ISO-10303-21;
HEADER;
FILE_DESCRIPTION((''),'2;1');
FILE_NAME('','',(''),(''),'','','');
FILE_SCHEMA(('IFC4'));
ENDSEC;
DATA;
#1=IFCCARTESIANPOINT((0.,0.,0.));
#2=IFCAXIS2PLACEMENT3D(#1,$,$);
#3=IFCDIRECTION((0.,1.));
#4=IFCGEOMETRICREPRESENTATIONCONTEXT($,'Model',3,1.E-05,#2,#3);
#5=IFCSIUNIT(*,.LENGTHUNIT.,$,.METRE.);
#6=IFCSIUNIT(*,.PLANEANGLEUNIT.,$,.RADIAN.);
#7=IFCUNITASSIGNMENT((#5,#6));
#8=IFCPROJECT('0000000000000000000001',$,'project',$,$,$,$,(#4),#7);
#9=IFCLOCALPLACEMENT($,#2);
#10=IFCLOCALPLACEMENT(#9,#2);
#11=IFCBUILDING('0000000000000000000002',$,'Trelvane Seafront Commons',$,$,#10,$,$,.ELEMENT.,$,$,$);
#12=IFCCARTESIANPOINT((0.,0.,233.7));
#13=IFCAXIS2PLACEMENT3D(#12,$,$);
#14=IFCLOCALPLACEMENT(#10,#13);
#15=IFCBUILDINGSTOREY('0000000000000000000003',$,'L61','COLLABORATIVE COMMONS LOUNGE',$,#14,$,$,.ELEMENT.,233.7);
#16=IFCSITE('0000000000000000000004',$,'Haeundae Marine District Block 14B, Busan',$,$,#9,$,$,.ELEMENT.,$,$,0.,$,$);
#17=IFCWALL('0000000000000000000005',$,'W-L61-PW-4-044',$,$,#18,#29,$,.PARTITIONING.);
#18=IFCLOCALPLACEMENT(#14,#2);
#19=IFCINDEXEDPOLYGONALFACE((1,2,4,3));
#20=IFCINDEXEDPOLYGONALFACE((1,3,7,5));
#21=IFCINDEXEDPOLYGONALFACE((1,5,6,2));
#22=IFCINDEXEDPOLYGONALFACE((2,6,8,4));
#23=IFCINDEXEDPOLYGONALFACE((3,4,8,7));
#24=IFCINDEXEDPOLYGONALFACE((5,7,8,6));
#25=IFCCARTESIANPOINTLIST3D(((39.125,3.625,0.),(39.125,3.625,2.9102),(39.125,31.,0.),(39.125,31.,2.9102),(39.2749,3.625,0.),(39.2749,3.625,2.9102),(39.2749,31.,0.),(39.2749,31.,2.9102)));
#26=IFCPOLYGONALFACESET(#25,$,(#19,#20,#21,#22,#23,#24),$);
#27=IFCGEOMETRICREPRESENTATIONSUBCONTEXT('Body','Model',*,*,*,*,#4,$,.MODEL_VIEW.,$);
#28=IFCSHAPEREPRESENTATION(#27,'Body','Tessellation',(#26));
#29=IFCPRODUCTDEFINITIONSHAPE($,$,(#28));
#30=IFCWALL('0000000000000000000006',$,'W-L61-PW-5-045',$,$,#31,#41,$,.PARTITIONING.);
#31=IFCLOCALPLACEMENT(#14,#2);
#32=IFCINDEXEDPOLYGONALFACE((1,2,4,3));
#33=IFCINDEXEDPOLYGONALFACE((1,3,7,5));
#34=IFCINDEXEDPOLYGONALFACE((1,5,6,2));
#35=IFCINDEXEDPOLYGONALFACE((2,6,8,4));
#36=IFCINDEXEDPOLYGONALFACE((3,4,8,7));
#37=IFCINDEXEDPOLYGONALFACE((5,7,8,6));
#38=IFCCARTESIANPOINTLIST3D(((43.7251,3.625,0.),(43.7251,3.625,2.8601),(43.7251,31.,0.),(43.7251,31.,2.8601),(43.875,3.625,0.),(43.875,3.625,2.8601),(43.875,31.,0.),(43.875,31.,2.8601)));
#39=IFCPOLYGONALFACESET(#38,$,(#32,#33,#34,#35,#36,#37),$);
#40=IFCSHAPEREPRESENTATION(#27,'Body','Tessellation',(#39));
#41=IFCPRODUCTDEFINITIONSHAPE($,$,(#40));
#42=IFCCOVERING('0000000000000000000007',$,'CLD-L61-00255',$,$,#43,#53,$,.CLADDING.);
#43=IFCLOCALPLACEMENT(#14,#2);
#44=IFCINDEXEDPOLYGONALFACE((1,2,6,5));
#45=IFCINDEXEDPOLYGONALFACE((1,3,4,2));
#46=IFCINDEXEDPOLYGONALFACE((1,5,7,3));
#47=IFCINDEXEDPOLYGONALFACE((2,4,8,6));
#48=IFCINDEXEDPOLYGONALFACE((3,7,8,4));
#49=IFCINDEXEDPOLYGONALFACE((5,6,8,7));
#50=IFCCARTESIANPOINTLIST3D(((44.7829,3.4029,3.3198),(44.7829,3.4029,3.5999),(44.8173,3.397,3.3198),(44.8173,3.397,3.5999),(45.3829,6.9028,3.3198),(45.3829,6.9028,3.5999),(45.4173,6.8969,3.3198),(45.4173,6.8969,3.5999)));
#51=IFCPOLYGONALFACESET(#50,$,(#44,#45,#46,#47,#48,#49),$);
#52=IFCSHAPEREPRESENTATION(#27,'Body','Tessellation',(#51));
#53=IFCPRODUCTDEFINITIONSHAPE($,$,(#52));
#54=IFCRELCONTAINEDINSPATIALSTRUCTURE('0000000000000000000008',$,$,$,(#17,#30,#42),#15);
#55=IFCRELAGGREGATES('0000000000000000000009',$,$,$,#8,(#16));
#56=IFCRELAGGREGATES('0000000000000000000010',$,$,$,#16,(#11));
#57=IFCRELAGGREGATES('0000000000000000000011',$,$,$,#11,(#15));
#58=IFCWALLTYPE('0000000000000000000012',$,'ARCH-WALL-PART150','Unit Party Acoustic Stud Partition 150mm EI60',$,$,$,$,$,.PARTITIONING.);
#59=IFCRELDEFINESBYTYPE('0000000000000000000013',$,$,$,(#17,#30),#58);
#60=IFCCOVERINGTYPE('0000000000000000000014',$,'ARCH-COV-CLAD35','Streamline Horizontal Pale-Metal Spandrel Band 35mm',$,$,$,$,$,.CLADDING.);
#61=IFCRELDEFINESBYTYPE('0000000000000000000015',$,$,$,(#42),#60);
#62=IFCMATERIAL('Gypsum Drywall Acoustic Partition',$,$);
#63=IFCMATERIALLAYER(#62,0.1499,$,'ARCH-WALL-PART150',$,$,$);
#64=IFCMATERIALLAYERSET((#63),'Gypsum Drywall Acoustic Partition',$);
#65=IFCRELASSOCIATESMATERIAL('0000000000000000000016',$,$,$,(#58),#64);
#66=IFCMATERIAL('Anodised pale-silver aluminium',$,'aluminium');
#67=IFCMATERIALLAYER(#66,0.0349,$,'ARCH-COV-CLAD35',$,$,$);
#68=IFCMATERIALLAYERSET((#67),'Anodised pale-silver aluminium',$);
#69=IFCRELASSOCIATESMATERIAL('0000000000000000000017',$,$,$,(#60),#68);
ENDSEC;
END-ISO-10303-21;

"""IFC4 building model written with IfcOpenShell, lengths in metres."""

from ifc_helpers import new_model, si_unit, direction, frame, frame_2d, origin, origin_2d, place, context, subcontext, project, spatial, rectangle, extrude, source, transform, mapped, material, layer, layer_set, type_object, element, save


model = new_model("IFC4")

# Units and contexts
model_context = context("Model", 3, precision=1e-05, world=origin(), true_north=direction((0.0, 1.0)))
body_context = subcontext(model_context, "Body", "Model", "MODEL_VIEW")
ifc_project = project(units=[si_unit("LENGTHUNIT", "METRE"), si_unit("PLANEANGLEUNIT", "RADIAN")], contexts=[model_context])

# Site, building, storey
site_placement = place(None, origin())
site = spatial("IfcSite", under=ifc_project, at=site_placement, Name="Haeundae Marine District Block 14B, Busan", CompositionType="ELEMENT", RefElevation=0.0)
building_placement = place(site_placement, origin())
building = spatial("IfcBuilding", under=site, at=building_placement, Name="Trelvane Seafront Commons", CompositionType="ELEMENT")
storey_placement = place(building_placement, frame((0.0, 0.0, 233.7)))
storey = spatial("IfcBuildingStorey", under=building, at=storey_placement, Name="L61", Description="COLLABORATIVE COMMONS LOUNGE", CompositionType="ELEMENT", Elevation=233.7)

# Shared definitions
ifc_material_1 = material(Name="Anodised pale-silver aluminium", Category="aluminium")

# Walls
ifc_material_2 = material(Name="Gypsum Drywall Acoustic Partition")
ifc_layer_1 = layer(ifc_material_2, 0.1499, Name="ARCH-WALL-PART150")
ifc_layer_set_1 = layer_set([ifc_layer_1], Name="Gypsum Drywall Acoustic Partition")
wall_type_1 = type_object("IfcWallType", Name="ARCH-WALL-PART150", Description="Unit Party Acoustic Stud Partition 150mm EI60", PredefinedType="PARTITIONING", material=ifc_layer_set_1)
wall_1_placement = place(storey_placement, frame((39.2, 3.625, 0.0), z_axis=(0.0, 0.0, 1.0), x_axis=(0.0, 1.0, 0.0)))
element("IfcWall", 1, at=wall_1_placement, inside=storey, type_object=wall_type_1, Name="W-L61-PW-4-044", PredefinedType="PARTITIONING", context=body_context, shape_type="SweptSolid", body=[
    extrude(rectangle(XDim=27.375, YDim=0.1499, at=frame_2d((13.6875, 0.0))), origin(), (0.0, 0.0, 1.0), 2.9102),
])
wall_2_placement = place(storey_placement, frame((43.8, 3.625, 0.0), z_axis=(0.0, 0.0, 1.0), x_axis=(0.0, 1.0, 0.0)))
element("IfcWall", 2, at=wall_2_placement, inside=storey, type_object=wall_type_1, Name="W-L61-PW-5-045", PredefinedType="PARTITIONING", context=body_context, shape_type="SweptSolid", body=[
    extrude(rectangle(XDim=27.375, YDim=0.1499, at=frame_2d((13.6875, 0.0))), origin(), (0.0, 0.0, 1.0), 2.8601),
])

# Covering
ifc_layer_2 = layer(ifc_material_1, 0.0349, Name="ARCH-COV-CLAD35")
ifc_layer_set_2 = layer_set([ifc_layer_2], Name="Anodised pale-silver aluminium")
covering_type = type_object("IfcCoveringType", Name="ARCH-COV-CLAD35", Description="Streamline Horizontal Pale-Metal Spandrel Band 35mm", PredefinedType="CLADDING", material=ifc_layer_set_2)
shared_shape_1 = source(origin(), body_context, "Body", "SweptSolid", [
    extrude(rectangle(XDim=3.551, YDim=0.0349, at=origin_2d()), origin(), (0.0, 0.0, 1.0), 0.28),
])
covering_placement = place(storey_placement, frame((45.1001, 5.1499, 3.3198), z_axis=(0.0, 0.0, 1.0), x_axis=(-0.168964, -0.985622, 0.0)))
element("IfcCovering", 3, at=covering_placement, inside=storey, type_object=covering_type, Name="CLD-L61-00255", PredefinedType="CLADDING", context=body_context, shape_type="MappedRepresentation", body=[
    mapped(shared_shape_1, transform((0.0, 0.0, 0.0), x_axis=(1.0, 0.0, 0.0), y_axis=(0.0, 1.0, 0.0), z_axis=(0.0, 0.0, 1.0), scale=1.0)),
])

save(model, "model.ifc")
